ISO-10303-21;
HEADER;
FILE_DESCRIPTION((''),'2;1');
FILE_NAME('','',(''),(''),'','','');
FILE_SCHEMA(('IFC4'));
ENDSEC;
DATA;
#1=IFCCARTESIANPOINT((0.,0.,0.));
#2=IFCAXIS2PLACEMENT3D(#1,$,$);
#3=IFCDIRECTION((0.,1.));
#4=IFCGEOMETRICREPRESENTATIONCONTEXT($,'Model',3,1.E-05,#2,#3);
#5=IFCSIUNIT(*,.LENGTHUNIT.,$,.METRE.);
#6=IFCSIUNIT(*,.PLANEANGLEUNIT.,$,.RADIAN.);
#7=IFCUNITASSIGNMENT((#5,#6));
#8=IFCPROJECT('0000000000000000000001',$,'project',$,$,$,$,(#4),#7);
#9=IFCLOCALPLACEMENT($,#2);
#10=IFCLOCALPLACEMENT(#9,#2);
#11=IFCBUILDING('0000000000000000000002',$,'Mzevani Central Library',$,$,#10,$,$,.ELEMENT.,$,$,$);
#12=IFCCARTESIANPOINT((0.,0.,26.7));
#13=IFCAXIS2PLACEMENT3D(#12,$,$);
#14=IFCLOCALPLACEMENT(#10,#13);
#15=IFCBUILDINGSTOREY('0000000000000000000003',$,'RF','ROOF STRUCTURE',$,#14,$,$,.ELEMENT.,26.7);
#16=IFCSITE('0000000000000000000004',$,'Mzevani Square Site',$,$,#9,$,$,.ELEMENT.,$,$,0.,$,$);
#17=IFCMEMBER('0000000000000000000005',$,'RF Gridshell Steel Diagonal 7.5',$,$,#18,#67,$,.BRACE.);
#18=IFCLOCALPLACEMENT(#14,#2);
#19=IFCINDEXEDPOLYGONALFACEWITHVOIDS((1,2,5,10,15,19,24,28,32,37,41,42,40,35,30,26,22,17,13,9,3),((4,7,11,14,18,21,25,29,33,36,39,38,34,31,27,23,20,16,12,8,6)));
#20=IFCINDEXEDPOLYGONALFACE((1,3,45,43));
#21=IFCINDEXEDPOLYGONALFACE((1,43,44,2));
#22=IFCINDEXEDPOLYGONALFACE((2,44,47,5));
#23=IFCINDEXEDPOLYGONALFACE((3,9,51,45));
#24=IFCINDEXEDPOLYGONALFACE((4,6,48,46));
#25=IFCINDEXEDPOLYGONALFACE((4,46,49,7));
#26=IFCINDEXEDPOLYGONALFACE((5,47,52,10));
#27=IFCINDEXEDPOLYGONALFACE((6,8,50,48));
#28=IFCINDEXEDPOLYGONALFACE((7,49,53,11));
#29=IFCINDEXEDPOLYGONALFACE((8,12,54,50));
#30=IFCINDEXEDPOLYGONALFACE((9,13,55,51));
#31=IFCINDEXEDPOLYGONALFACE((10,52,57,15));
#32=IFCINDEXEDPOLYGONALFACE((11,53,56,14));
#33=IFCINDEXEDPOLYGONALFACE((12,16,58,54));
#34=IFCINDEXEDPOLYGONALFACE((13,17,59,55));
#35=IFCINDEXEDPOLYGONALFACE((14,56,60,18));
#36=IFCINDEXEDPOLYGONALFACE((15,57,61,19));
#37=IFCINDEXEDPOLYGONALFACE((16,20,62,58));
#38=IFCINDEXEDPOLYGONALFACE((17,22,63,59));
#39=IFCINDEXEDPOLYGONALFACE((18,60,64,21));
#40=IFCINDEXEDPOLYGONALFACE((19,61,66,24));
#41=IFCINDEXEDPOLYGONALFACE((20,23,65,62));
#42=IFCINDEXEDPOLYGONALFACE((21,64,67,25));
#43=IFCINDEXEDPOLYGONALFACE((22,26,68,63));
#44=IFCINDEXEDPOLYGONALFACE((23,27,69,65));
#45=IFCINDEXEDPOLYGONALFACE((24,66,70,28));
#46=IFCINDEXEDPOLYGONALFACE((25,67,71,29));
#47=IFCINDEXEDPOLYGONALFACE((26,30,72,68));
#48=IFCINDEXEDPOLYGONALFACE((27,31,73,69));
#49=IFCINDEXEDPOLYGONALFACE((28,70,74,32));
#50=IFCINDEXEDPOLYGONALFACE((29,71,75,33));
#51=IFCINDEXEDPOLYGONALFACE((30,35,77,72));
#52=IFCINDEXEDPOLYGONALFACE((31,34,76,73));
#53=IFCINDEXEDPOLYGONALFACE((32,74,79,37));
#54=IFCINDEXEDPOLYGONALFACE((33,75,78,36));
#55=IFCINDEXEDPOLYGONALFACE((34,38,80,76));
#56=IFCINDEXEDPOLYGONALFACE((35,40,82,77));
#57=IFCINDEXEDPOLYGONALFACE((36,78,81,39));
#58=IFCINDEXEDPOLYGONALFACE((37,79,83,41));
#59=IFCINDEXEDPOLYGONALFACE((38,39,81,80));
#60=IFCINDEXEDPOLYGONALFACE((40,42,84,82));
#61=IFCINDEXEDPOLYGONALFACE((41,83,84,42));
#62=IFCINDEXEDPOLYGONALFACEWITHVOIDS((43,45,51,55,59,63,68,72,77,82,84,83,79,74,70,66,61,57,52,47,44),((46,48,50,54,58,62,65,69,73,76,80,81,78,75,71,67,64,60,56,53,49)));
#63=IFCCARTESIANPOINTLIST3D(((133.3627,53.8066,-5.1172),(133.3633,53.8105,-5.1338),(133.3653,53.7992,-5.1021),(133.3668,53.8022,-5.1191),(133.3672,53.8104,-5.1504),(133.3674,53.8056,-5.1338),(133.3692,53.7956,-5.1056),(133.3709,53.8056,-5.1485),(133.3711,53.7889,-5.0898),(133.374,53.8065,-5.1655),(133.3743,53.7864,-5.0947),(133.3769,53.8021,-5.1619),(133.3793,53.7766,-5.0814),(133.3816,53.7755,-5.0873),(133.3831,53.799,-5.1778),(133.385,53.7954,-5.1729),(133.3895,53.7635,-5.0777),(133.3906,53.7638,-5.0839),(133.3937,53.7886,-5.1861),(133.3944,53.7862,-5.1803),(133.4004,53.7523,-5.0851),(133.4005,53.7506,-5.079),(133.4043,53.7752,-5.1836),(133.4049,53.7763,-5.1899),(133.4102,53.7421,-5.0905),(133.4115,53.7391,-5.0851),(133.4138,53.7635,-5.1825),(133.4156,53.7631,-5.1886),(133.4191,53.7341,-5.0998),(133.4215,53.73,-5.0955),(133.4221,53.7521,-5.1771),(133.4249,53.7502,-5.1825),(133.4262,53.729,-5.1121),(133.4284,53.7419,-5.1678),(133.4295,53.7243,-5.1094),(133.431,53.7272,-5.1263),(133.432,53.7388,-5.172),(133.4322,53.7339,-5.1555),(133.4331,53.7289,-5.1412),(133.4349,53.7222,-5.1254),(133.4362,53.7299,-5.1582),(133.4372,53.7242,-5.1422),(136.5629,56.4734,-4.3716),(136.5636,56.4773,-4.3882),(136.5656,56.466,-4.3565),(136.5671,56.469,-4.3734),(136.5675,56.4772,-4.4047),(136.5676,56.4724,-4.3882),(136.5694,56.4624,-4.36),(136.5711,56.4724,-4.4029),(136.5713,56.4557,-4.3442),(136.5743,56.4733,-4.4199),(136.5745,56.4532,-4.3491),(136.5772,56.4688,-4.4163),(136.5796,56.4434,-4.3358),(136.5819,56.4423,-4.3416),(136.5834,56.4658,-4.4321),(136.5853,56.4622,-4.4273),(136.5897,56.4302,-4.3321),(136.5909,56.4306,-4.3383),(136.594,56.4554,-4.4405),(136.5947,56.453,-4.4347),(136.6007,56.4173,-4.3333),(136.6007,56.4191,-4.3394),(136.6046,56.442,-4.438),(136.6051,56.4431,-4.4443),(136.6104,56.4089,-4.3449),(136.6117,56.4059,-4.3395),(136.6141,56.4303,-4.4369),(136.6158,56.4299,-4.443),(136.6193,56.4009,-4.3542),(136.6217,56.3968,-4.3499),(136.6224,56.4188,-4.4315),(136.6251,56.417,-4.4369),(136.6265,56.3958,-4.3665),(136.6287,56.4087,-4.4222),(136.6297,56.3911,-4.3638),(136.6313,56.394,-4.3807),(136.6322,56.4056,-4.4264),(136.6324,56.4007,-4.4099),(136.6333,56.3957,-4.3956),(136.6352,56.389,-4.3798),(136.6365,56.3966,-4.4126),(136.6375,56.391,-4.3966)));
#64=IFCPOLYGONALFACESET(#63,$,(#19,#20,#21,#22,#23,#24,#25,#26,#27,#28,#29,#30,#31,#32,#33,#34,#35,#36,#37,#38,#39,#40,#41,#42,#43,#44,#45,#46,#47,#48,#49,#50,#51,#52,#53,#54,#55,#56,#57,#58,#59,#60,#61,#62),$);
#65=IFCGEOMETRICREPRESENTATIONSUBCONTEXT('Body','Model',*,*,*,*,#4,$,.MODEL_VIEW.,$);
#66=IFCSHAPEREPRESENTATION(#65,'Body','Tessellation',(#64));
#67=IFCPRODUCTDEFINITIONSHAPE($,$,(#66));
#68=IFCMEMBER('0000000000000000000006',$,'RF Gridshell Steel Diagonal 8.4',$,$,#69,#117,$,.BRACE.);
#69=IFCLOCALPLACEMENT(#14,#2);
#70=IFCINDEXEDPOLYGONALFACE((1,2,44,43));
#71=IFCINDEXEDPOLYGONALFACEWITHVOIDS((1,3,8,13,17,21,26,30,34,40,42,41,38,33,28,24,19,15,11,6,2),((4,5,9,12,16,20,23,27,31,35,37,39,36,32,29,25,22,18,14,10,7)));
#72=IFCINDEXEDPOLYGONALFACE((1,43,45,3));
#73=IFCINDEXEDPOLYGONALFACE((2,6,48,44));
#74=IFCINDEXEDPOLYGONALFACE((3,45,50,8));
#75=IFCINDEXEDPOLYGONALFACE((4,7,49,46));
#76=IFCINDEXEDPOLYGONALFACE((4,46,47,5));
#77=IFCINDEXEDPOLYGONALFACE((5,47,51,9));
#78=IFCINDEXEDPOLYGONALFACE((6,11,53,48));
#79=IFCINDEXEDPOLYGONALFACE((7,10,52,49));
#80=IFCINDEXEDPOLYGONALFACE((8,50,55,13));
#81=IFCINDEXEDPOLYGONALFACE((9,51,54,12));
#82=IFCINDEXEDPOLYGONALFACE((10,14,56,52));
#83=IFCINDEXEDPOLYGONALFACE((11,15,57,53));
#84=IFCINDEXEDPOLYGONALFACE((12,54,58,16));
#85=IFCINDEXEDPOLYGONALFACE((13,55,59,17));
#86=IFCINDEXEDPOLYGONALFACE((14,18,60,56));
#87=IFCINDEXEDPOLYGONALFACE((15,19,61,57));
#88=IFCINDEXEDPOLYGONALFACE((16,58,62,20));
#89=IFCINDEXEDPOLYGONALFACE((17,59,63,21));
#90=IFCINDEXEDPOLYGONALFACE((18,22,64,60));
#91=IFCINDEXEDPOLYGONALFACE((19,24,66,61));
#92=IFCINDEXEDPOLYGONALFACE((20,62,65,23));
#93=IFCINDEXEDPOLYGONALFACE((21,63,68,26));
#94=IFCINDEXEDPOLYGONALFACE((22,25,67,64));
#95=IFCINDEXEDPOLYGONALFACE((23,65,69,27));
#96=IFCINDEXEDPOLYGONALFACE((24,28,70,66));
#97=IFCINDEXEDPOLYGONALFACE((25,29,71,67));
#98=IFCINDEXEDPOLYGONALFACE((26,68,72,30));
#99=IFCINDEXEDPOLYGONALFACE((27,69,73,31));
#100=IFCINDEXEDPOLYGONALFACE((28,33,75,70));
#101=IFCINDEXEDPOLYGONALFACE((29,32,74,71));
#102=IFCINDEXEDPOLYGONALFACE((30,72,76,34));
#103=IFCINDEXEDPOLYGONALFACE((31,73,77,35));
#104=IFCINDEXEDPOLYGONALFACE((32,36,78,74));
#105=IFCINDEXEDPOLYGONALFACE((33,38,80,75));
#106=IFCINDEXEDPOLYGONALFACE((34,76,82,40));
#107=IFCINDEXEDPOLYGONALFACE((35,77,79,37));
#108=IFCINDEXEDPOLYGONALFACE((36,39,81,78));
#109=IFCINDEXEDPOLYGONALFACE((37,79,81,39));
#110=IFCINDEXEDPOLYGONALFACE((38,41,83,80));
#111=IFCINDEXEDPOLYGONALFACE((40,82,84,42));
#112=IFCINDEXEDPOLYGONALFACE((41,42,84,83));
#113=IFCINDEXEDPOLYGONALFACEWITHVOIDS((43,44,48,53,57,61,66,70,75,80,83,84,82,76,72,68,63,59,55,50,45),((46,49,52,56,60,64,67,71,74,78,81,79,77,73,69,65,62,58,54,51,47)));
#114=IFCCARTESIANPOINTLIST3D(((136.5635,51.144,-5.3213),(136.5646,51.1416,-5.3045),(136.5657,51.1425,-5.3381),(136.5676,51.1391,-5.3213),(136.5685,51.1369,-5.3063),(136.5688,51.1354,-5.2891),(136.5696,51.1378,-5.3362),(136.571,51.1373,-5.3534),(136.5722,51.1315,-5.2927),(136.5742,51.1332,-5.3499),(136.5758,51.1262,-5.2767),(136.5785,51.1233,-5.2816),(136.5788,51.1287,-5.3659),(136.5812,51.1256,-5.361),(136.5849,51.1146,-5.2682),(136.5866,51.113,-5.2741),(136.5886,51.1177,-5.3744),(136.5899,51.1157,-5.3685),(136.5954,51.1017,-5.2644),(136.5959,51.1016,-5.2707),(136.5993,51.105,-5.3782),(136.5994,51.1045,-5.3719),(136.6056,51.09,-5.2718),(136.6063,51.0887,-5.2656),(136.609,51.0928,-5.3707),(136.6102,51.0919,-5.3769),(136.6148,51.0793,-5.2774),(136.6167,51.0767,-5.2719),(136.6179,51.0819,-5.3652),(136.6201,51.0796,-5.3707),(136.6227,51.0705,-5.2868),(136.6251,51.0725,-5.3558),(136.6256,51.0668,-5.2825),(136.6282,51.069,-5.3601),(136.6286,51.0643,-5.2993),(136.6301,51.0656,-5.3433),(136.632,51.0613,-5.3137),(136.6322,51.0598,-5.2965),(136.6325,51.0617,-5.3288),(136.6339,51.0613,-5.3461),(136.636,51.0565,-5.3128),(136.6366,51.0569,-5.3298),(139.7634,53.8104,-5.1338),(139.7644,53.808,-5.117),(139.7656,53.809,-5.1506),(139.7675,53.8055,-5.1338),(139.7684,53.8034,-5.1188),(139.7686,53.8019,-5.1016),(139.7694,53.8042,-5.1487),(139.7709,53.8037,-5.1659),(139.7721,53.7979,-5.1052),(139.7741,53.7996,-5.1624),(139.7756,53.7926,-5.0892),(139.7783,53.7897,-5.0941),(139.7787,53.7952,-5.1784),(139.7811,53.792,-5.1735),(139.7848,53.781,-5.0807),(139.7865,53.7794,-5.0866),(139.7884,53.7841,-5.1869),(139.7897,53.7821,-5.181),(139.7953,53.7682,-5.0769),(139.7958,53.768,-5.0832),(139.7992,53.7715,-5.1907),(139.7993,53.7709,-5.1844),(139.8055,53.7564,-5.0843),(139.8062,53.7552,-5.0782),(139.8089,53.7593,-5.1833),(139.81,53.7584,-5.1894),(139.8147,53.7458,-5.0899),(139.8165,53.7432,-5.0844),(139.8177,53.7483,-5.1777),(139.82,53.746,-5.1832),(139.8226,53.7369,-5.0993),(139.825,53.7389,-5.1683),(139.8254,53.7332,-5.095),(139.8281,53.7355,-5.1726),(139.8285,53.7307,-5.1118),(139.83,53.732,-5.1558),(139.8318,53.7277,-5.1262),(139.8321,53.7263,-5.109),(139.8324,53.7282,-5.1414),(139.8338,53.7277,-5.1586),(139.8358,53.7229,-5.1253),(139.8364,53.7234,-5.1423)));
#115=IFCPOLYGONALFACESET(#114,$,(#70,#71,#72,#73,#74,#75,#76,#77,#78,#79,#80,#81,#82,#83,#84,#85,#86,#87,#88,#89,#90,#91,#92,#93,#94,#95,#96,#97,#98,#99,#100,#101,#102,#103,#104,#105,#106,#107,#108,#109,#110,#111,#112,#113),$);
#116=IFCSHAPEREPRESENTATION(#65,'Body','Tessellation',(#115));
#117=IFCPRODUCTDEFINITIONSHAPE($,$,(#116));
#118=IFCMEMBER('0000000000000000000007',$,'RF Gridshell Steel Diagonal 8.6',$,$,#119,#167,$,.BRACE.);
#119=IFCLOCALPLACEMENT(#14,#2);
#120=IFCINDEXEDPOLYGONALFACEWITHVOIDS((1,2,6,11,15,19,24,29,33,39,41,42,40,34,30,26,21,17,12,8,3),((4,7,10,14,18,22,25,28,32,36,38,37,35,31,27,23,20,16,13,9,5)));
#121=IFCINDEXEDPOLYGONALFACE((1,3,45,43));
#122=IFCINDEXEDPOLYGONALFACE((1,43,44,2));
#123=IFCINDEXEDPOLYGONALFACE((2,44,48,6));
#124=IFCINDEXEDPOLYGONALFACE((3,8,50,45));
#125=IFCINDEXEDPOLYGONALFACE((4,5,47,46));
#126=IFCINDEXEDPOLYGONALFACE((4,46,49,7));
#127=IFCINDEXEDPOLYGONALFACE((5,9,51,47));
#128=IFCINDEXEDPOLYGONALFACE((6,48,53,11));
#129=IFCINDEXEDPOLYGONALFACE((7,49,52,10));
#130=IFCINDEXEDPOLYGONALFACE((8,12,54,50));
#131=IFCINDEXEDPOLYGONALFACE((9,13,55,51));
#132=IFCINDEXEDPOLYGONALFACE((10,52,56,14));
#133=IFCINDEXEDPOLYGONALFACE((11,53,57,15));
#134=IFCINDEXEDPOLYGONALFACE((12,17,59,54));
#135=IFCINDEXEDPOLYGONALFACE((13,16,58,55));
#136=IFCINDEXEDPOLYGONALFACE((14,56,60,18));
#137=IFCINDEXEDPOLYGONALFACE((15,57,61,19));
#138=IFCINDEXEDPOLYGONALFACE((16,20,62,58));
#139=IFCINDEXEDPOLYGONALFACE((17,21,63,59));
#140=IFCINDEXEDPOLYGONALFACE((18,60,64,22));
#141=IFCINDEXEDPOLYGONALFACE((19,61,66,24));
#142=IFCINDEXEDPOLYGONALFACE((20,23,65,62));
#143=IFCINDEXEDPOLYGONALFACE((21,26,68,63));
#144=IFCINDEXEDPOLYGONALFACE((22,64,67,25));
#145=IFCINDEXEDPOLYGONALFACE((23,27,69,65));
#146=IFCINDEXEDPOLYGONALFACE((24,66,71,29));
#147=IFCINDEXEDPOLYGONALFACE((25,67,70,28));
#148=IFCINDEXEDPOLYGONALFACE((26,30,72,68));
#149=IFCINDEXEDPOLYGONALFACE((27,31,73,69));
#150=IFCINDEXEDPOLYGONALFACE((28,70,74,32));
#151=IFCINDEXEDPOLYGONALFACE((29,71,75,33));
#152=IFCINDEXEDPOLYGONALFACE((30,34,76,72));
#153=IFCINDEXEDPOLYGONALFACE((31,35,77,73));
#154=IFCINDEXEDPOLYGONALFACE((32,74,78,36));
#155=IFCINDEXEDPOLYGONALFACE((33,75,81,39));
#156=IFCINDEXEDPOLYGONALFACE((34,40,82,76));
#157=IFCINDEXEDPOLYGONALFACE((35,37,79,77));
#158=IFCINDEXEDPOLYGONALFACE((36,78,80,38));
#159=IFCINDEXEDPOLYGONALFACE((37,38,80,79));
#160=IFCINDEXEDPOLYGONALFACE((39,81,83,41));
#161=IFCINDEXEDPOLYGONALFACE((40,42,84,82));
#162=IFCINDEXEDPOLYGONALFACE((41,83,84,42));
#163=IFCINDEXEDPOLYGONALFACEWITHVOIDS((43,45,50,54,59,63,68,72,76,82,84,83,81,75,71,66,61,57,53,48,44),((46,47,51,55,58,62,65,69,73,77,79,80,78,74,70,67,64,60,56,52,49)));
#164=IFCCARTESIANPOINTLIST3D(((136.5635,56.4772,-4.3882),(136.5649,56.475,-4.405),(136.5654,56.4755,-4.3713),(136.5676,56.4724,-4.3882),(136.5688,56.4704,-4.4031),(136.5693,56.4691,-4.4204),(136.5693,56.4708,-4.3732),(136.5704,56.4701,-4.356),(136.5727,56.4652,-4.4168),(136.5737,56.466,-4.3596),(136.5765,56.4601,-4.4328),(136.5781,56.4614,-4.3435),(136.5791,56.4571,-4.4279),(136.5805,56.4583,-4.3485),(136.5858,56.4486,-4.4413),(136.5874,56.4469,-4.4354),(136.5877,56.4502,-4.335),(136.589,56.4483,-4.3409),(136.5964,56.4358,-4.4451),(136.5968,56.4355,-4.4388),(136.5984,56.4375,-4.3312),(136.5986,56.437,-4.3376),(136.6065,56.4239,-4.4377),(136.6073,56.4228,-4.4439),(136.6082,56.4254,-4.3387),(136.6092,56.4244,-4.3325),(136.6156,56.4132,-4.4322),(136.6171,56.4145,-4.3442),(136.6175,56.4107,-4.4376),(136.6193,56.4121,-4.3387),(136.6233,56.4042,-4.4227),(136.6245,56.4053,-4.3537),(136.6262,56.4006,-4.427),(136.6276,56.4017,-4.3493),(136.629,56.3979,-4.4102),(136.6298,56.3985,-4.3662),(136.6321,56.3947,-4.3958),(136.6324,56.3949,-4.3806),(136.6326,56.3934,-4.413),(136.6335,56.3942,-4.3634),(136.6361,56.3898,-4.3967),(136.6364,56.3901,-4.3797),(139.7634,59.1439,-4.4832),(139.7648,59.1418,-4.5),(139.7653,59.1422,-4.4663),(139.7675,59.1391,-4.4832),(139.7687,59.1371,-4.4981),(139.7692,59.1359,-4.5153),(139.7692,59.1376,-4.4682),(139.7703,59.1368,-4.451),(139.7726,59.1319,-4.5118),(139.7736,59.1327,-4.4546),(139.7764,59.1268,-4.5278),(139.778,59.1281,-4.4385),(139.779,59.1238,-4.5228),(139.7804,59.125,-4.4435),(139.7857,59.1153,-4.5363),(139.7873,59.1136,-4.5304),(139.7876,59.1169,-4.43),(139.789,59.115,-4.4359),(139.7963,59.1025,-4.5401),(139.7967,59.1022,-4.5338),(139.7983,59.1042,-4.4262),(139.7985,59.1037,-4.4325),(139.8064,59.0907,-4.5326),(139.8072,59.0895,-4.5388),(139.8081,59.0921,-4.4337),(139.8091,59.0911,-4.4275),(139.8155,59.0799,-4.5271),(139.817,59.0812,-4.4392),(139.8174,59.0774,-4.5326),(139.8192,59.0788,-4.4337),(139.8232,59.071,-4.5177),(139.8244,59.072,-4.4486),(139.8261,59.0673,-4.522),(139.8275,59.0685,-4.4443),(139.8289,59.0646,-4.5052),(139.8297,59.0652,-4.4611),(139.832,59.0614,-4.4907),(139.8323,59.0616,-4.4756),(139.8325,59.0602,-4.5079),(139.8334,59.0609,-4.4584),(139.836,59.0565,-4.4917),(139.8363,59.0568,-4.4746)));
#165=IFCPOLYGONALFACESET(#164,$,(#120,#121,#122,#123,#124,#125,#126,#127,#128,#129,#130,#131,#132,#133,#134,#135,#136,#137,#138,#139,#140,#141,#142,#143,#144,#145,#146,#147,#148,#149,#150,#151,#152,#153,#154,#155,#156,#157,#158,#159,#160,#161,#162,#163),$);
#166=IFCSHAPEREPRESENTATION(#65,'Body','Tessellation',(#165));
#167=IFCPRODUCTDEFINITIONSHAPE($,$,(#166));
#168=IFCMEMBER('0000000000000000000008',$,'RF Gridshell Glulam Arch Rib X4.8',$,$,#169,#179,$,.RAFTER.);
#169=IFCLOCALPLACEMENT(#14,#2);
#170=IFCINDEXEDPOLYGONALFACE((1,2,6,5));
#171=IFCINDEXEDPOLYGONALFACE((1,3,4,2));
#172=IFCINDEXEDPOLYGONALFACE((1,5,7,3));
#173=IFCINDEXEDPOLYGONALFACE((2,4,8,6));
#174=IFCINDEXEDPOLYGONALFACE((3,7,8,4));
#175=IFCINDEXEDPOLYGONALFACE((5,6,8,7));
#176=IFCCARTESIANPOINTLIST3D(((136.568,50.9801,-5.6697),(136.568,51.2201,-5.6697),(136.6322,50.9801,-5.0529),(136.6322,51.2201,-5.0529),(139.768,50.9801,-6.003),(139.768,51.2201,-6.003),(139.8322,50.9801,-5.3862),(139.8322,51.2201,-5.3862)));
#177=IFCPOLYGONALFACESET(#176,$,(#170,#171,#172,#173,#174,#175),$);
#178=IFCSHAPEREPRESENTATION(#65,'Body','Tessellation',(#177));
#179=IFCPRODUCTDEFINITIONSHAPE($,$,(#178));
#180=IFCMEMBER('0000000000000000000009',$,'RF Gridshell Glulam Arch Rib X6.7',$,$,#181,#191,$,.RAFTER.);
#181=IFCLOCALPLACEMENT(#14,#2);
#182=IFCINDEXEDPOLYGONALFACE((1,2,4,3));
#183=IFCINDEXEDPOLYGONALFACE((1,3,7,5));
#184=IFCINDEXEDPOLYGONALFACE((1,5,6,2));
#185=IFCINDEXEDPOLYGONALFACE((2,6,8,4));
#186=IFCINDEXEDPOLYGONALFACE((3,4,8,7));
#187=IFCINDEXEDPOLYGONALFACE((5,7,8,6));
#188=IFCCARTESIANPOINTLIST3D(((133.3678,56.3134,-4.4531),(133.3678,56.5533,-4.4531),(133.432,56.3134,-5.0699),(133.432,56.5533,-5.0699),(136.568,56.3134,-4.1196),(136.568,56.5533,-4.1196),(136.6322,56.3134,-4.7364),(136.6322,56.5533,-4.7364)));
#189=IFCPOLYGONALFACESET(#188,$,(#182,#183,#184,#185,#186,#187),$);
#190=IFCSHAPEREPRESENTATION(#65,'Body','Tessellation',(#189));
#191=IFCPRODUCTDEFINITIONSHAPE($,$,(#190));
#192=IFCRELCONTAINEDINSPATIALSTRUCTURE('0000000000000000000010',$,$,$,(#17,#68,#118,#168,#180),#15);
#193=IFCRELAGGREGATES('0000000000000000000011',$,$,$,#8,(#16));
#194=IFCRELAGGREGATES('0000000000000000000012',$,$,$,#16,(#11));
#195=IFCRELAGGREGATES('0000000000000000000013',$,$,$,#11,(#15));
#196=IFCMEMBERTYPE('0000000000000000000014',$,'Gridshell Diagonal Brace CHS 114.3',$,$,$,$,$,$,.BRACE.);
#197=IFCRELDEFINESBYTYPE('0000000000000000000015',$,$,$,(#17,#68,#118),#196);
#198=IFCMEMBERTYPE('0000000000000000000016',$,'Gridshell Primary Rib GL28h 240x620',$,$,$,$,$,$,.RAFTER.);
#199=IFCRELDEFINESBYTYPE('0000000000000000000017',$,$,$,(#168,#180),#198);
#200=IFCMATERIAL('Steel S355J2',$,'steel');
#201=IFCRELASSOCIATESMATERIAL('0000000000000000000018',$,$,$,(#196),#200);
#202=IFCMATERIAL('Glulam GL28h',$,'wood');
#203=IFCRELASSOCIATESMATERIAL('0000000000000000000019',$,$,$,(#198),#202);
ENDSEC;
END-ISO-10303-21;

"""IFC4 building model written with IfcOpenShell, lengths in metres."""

from ifc_helpers import new_model, si_unit, direction, frame, origin, origin_2d, place, context, subcontext, project, spatial, rectangle, hollow_circle, extrude, material, material_profile, profile_set, type_object, element, save


model = new_model("IFC4")

# Units and contexts
model_context = context("Model", 3, precision=1e-05, world=origin(), true_north=direction((0.0, 1.0)))
body_context = subcontext(model_context, "Body", "Model", "MODEL_VIEW")
ifc_project = project(units=[si_unit("LENGTHUNIT", "METRE"), si_unit("PLANEANGLEUNIT", "RADIAN")], contexts=[model_context])

# Site, building, storey
site_placement = place(None, origin())
site = spatial("IfcSite", under=ifc_project, at=site_placement, Name="Mzevani Square Site", CompositionType="ELEMENT", RefElevation=0.0)
building_placement = place(site_placement, origin())
building = spatial("IfcBuilding", under=site, at=building_placement, Name="Mzevani Central Library", CompositionType="ELEMENT")
storey_placement = place(building_placement, frame((0.0, 0.0, 26.7)))
storey = spatial("IfcBuildingStorey", under=building, at=storey_placement, Name="RF", Description="ROOF STRUCTURE", CompositionType="ELEMENT", Elevation=26.7)

# Members
ifc_material_1 = material(Name="Steel S355J2", Category="steel")
ifc_material_profile_1 = material_profile(ifc_material_1, hollow_circle(Radius=0.0571, WallThickness=0.0063, at=origin_2d()), Name="CHS 114.3x6.3")
ifc_profile_set_1 = profile_set([ifc_material_profile_1], Name="Steel S355J2")
member_type_1 = type_object("IfcMemberType", Name="Gridshell Diagonal Brace CHS 114.3", PredefinedType="BRACE", material=ifc_profile_set_1)
member_1_placement = place(storey_placement, frame((133.3999, 53.7666, -5.1338), z_axis=(0.756213, 0.630158, 0.176188), x_axis=(-0.640173, 0.768231, 0.0)))
element("IfcMember", 1, at=member_1_placement, inside=storey, type_object=member_type_1, Name="RF Gridshell Steel Diagonal 7.5", PredefinedType="BRACE", context=body_context, shape_type="SweptSolid", body=[
    extrude(hollow_circle(Radius=0.0571, WallThickness=0.0063, at=origin_2d()), origin(), (0.0, 0.0, 1.0), 4.2319),
])
member_2_placement = place(storey_placement, frame((136.6001, 51.1001, -5.3213), z_axis=(0.767459, 0.63952, 0.044969), x_axis=(-0.640167, 0.768236, 0.0)))
element("IfcMember", 2, at=member_2_placement, inside=storey, type_object=member_type_1, Name="RF Gridshell Steel Diagonal 8.4", PredefinedType="BRACE", context=body_context, shape_type="SweptSolid", body=[
    extrude(hollow_circle(Radius=0.0571, WallThickness=0.0063, at=origin_2d()), origin(), (0.0, 0.0, 1.0), 4.1694),
])
member_3_placement = place(storey_placement, frame((136.6001, 56.4333, -4.3882), z_axis=(0.768007, 0.640035, -0.022794), x_axis=(-0.640202, 0.768207, 0.0)))
element("IfcMember", 3, at=member_3_placement, inside=storey, type_object=member_type_1, Name="RF Gridshell Steel Diagonal 8.6", PredefinedType="BRACE", context=body_context, shape_type="SweptSolid", body=[
    extrude(hollow_circle(Radius=0.0571, WallThickness=0.0063, at=origin_2d()), origin(), (0.0, 0.0, 1.0), 4.1665),
])
ifc_material_2 = material(Name="Glulam GL28h", Category="wood")
ifc_material_profile_2 = material_profile(ifc_material_2, rectangle(XDim=0.24, YDim=0.6201, at=origin_2d()), Name="GL28h 240x620")
ifc_profile_set_2 = profile_set([ifc_material_profile_2], Name="Glulam GL28h")
member_type_2 = type_object("IfcMemberType", Name="Gridshell Primary Rib GL28h 240x620", PredefinedType="RAFTER", material=ifc_profile_set_2)
member_4_placement = place(storey_placement, frame((136.6001, 51.1001, -5.3613), z_axis=(0.994621, 0.0, -0.103583), x_axis=(0.0, 1.0, 0.0)))
element("IfcMember", 4, at=member_4_placement, inside=storey, type_object=member_type_2, Name="RF Gridshell Glulam Arch Rib X4.8", PredefinedType="RAFTER", context=body_context, shape_type="SweptSolid", body=[
    extrude(rectangle(XDim=0.24, YDim=0.6201, at=origin_2d()), origin(), (0.0, 0.0, 1.0), 3.2173),
])
member_5_placement = place(storey_placement, frame((133.3999, 56.4333, -4.7615), z_axis=(0.994614, 0.0, 0.10365), x_axis=(0.0, 1.0, 0.0)))
element("IfcMember", 5, at=member_5_placement, inside=storey, type_object=member_type_2, Name="RF Gridshell Glulam Arch Rib X6.7", PredefinedType="RAFTER", context=body_context, shape_type="SweptSolid", body=[
    extrude(rectangle(XDim=0.24, YDim=0.6201, at=origin_2d()), origin(), (0.0, 0.0, 1.0), 3.2175),
])

save(model, "model.ifc")
